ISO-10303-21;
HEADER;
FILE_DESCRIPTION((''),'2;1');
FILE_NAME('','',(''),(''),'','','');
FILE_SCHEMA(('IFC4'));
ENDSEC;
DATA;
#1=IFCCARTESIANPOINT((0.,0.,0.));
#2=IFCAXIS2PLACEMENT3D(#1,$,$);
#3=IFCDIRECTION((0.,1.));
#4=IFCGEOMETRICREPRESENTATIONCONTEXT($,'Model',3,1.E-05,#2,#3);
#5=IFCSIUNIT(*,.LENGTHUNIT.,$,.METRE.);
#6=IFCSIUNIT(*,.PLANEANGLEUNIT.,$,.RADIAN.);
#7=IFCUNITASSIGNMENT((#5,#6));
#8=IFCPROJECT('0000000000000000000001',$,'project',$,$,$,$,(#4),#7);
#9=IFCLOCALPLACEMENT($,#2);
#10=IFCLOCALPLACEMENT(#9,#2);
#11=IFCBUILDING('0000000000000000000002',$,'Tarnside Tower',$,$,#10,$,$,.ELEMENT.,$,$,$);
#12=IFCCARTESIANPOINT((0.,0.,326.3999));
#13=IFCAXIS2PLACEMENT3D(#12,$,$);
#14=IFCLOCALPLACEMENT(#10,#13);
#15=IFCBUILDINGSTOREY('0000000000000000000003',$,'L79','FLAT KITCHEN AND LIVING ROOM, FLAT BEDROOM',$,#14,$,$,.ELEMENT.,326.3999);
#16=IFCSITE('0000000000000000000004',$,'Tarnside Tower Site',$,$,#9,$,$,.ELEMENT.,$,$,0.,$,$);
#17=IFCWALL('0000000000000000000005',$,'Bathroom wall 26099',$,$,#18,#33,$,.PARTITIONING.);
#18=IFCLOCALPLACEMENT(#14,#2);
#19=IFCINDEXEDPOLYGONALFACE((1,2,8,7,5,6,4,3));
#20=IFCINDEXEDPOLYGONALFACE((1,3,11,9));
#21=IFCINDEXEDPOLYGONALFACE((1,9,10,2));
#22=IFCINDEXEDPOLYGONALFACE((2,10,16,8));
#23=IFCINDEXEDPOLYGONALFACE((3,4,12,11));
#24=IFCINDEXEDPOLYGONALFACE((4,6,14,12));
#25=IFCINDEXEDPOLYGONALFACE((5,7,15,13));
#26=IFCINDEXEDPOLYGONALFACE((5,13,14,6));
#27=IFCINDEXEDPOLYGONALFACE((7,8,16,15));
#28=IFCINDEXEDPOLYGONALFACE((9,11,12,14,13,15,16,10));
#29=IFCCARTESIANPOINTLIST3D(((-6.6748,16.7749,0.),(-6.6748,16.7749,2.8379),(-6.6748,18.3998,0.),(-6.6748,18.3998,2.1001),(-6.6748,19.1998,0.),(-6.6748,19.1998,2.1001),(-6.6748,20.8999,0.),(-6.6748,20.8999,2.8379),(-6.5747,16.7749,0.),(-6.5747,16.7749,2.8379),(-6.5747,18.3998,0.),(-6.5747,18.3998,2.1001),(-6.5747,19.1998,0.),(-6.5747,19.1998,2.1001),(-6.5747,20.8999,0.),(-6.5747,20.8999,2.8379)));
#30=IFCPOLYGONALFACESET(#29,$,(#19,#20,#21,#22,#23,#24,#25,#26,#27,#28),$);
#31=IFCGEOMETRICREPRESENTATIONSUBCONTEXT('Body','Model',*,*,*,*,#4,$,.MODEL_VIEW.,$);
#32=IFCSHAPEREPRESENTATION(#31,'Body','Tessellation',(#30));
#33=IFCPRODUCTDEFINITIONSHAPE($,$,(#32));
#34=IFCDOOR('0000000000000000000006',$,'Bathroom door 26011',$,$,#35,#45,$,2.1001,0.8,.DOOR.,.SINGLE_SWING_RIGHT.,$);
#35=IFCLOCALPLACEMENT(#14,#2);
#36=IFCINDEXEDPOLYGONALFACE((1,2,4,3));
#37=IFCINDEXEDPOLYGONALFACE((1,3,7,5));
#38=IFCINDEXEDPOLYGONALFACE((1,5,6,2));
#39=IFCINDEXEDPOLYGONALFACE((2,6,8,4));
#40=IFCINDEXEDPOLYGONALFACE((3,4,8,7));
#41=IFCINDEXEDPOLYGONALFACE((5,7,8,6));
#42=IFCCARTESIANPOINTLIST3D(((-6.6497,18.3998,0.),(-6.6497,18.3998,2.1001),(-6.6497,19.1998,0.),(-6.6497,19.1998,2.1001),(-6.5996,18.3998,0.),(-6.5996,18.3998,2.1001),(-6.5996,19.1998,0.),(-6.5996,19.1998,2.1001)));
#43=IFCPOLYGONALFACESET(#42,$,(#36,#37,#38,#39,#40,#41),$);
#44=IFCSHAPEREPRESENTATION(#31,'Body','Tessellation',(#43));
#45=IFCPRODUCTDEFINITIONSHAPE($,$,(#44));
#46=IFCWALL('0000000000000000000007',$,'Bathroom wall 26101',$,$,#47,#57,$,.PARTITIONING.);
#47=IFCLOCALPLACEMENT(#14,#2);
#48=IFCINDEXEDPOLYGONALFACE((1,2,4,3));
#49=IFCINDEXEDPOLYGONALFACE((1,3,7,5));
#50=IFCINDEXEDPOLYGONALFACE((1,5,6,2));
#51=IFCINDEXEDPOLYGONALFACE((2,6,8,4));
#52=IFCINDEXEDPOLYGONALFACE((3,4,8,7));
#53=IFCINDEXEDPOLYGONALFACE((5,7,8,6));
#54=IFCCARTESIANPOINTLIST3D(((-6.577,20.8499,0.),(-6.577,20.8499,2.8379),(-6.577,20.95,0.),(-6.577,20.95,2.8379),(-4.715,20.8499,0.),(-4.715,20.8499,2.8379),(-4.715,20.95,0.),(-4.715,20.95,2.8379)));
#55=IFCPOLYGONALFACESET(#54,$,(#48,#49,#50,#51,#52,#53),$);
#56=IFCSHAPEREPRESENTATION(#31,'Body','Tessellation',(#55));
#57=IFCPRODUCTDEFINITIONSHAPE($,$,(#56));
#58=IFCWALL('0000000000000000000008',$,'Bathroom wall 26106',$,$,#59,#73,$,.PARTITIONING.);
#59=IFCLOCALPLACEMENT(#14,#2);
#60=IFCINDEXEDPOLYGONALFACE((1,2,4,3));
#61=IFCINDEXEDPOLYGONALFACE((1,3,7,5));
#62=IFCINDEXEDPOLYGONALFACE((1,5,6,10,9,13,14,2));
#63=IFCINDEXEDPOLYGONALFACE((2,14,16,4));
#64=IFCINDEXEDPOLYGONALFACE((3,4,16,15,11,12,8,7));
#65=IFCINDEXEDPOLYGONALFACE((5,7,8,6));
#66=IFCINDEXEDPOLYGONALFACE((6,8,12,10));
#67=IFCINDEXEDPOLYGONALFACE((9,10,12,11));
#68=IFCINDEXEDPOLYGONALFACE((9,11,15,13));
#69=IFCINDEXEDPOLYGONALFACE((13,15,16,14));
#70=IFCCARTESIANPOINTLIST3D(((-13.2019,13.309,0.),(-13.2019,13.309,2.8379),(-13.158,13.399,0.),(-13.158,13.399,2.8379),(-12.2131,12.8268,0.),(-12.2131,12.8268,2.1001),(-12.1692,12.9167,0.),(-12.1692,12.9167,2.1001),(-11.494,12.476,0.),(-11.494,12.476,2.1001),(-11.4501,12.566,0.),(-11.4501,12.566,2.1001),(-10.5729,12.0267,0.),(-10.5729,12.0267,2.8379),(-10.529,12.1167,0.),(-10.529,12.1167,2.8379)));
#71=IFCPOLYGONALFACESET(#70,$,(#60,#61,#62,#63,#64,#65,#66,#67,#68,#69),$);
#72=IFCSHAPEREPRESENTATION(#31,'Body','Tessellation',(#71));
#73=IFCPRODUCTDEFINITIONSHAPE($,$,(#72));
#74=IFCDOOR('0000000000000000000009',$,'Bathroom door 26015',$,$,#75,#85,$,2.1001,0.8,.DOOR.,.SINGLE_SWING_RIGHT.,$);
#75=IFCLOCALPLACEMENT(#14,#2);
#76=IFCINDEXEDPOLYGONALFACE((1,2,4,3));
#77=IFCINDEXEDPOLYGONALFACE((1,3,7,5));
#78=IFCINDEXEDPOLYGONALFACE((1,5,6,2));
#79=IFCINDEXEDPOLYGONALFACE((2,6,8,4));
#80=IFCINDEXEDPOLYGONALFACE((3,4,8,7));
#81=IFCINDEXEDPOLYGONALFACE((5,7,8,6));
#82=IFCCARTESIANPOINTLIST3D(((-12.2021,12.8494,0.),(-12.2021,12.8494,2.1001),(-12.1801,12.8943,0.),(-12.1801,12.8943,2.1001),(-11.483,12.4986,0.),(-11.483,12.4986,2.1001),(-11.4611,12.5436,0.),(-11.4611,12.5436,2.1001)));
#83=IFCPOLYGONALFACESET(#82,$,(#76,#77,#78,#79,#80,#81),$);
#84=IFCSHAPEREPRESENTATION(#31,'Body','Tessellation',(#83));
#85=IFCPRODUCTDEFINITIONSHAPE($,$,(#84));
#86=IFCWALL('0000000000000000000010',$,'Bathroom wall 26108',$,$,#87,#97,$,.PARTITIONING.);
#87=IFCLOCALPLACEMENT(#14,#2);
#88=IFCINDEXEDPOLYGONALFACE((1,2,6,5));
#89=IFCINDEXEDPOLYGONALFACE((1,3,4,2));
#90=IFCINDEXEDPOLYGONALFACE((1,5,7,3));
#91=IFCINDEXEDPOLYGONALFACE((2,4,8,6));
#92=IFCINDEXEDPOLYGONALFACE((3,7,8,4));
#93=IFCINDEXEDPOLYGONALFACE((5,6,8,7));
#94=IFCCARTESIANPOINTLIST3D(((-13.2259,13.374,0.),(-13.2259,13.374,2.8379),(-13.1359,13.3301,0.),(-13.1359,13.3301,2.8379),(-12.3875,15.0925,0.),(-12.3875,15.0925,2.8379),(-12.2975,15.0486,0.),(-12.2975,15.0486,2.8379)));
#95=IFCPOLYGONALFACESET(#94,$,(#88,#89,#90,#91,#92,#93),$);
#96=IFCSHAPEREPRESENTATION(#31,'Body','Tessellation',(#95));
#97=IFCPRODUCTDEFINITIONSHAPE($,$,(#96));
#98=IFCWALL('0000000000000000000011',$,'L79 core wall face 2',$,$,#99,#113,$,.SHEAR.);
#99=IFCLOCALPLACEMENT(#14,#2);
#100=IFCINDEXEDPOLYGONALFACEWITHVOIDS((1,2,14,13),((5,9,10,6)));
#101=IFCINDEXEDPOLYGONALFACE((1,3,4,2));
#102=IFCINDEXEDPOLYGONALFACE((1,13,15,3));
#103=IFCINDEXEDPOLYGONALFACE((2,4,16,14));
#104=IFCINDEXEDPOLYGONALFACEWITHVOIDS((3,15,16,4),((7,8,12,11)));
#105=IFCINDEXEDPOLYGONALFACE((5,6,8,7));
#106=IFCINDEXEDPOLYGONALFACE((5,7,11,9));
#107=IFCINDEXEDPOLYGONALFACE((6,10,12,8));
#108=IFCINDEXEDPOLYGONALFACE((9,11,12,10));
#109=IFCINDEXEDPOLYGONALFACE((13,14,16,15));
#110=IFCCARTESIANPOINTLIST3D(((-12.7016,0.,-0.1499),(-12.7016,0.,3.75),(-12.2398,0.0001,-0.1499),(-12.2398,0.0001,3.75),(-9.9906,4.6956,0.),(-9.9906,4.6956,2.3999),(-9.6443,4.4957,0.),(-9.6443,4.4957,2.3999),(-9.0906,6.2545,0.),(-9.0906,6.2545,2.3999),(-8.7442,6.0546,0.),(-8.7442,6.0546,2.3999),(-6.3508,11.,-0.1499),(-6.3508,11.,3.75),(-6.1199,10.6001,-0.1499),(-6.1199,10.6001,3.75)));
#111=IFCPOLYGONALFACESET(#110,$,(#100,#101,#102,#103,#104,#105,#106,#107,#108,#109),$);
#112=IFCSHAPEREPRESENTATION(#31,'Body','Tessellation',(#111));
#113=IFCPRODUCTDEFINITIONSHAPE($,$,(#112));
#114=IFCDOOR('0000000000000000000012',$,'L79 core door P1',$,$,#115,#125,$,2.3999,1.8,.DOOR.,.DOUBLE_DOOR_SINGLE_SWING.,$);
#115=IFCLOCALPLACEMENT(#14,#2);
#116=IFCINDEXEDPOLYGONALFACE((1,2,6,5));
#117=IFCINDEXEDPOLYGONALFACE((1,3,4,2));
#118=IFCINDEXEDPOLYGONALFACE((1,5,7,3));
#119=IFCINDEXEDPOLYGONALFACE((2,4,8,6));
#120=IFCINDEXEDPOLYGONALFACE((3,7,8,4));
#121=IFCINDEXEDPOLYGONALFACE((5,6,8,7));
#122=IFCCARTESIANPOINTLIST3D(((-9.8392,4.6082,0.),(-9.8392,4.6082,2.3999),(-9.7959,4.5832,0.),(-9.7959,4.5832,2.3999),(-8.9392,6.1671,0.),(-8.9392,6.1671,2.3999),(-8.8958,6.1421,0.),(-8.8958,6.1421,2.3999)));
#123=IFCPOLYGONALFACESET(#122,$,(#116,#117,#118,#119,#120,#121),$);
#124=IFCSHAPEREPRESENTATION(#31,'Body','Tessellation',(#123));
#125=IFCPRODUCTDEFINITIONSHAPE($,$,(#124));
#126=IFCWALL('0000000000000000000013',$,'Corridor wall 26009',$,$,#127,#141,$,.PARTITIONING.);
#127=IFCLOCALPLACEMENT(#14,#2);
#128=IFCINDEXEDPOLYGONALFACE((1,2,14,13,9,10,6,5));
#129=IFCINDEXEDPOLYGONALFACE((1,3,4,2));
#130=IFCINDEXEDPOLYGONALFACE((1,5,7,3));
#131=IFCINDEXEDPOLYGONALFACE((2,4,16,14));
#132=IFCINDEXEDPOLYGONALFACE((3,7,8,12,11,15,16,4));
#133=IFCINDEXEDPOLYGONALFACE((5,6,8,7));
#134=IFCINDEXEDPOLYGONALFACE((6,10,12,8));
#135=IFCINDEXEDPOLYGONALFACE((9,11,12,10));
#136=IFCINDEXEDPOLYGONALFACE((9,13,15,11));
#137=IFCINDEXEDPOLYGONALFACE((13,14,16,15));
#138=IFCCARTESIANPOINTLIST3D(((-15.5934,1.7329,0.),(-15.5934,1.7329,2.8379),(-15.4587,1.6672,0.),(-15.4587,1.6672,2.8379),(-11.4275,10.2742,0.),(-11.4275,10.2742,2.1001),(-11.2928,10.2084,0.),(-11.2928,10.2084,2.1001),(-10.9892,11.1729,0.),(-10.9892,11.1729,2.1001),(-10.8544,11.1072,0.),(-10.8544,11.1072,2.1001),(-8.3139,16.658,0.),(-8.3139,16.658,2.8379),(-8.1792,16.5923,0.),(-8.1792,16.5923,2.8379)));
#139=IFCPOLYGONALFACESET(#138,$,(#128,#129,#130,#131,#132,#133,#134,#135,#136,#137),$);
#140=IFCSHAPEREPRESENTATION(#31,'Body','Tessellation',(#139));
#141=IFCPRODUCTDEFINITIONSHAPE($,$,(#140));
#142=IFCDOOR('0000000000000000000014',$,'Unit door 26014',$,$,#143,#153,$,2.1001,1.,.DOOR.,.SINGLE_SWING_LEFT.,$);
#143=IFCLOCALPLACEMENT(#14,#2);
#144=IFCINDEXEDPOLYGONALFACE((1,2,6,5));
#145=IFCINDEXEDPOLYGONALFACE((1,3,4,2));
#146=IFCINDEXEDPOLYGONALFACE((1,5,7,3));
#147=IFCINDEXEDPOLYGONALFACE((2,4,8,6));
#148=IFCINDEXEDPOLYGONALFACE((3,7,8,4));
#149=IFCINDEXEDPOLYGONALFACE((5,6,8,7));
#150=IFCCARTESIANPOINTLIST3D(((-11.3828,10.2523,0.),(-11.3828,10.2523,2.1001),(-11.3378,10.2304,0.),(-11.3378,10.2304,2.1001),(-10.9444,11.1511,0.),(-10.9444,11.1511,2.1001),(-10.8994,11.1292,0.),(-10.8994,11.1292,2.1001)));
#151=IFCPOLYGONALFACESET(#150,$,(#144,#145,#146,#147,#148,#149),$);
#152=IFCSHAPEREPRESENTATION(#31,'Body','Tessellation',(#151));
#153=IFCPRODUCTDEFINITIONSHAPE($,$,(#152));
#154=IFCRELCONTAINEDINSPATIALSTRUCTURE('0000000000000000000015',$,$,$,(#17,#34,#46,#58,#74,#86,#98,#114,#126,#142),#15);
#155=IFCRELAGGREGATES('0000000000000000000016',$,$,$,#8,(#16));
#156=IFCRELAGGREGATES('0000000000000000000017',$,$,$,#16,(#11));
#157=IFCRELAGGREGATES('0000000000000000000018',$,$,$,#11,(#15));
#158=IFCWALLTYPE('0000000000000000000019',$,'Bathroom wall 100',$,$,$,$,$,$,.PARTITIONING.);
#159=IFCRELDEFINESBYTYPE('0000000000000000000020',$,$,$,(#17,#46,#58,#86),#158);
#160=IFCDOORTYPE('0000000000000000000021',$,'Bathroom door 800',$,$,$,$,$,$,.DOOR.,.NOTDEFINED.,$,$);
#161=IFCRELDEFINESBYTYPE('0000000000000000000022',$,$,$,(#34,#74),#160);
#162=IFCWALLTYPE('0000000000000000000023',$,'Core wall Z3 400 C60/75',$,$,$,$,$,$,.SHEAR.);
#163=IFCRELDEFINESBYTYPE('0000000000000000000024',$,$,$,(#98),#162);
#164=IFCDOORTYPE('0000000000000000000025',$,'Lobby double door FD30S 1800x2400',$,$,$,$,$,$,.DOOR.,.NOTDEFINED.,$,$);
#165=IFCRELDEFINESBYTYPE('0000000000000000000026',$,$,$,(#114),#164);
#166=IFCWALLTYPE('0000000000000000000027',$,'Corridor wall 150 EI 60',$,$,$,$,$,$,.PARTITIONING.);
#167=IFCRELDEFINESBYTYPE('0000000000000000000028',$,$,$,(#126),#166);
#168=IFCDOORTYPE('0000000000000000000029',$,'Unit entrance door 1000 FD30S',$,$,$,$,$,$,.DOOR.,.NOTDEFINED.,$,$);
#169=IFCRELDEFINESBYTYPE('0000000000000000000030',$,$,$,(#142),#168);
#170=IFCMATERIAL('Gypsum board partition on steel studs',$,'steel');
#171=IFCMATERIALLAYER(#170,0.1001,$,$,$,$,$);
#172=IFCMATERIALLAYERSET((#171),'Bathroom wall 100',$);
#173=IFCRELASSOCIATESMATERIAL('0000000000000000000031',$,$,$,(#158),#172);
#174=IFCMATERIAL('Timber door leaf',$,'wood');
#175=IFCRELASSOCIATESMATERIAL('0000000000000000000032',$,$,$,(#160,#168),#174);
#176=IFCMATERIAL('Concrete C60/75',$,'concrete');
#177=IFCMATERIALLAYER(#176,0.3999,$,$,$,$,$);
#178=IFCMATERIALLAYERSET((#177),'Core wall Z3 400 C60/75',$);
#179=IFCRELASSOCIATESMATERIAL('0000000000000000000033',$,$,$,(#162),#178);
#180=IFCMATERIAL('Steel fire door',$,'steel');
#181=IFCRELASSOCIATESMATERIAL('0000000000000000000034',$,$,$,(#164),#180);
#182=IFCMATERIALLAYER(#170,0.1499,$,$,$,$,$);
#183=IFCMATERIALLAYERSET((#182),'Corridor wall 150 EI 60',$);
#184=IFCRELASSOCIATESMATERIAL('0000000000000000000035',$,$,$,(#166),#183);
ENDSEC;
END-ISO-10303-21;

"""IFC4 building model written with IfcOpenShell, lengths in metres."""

from ifc_helpers import new_model, si_unit, direction, frame, frame_2d, origin, place, context, subcontext, project, spatial, polyline, rectangle, outline, extrude, material, layer, layer_set, type_object, element, fill, save


model = new_model("IFC4")

# Units and contexts
model_context = context("Model", 3, precision=1e-05, world=origin(), true_north=direction((0.0, 1.0)))
body_context = subcontext(model_context, "Body", "Model", "MODEL_VIEW")
ifc_project = project(units=[si_unit("LENGTHUNIT", "METRE"), si_unit("PLANEANGLEUNIT", "RADIAN")], contexts=[model_context])

# Site, building, storey
site_placement = place(None, origin())
site = spatial("IfcSite", under=ifc_project, at=site_placement, Name="Tarnside Tower Site", CompositionType="ELEMENT", RefElevation=0.0)
building_placement = place(site_placement, origin())
building = spatial("IfcBuilding", under=site, at=building_placement, Name="Tarnside Tower", CompositionType="ELEMENT")
storey_placement = place(building_placement, frame((0.0, 0.0, 326.3999)))
storey = spatial("IfcBuildingStorey", under=building, at=storey_placement, Name="L79", Description="FLAT KITCHEN AND LIVING ROOM, FLAT BEDROOM", CompositionType="ELEMENT", Elevation=326.3999)

# Wall, opening, door
ifc_material_1 = material(Name="Gypsum board partition on steel studs", Category="steel")
ifc_layer_1 = layer(ifc_material_1, 0.1001)
ifc_layer_set_1 = layer_set([ifc_layer_1], Name="Bathroom wall 100")
wall_type_1 = type_object("IfcWallType", Name="Bathroom wall 100", PredefinedType="PARTITIONING", material=ifc_layer_set_1)
wall_1_placement = place(storey_placement, frame((-6.6248, 16.7749, 0.0), z_axis=(0.0, 0.0, 1.0), x_axis=(0.0, 1.0, 0.0)))
wall_1 = element("IfcWall", 1, at=wall_1_placement, inside=storey, type_object=wall_type_1, Name="Bathroom wall 26099", PredefinedType="PARTITIONING", context=body_context, shape_type="SweptSolid", body=[
    extrude(rectangle(XDim=4.125, YDim=0.1001, at=frame_2d((2.0625, 0.0))), origin(), (0.0, 0.0, 1.0), 2.8379),
])
opening_1_placement = place(wall_1_placement, frame((1.625, 0.0, 0.0)))
opening_1 = element("IfcOpeningElement", 2, at=opening_1_placement, cuts=wall_1, PredefinedType="OPENING", context=body_context, shape_type="SweptSolid", body=[
    extrude(rectangle(XDim=0.8, YDim=2.1001, at=frame_2d((0.3999, 1.05))), frame((0.0, 0.0601, 0.0), z_axis=(0.0, -1.0, 0.0), x_axis=(1.0, 0.0, 0.0)), (0.0, 0.0, 1.0), 0.1201),
])
ifc_material_2 = material(Name="Timber door leaf", Category="wood")
door_type_1 = type_object("IfcDoorType", Name="Bathroom door 800", OperationType="NOTDEFINED", PredefinedType="DOOR", material=ifc_material_2)
door_1_placement = place(opening_1_placement, origin())
door_1 = element("IfcDoor", 3, at=door_1_placement, inside=storey, type_object=door_type_1, Name="Bathroom door 26011", OperationType="SINGLE_SWING_RIGHT", OverallHeight=2.1001, OverallWidth=0.8, PredefinedType="DOOR", context=body_context, shape_type="SweptSolid", body=[
    extrude(rectangle(XDim=0.8, YDim=2.1001, at=frame_2d((0.3999, 1.05))), frame((0.0, 0.0249, 0.0), z_axis=(0.0, -1.0, 0.0), x_axis=(1.0, 0.0, 0.0)), (0.0, 0.0, 1.0), 0.05),
])
fill(opening_1, door_1)

# Wall
wall_2_placement = place(storey_placement, frame((-4.7148, 20.8999, 0.0), z_axis=(0.0, 0.0, 1.0), x_axis=(-1.0, 0.0, 0.0)))
element("IfcWall", 4, at=wall_2_placement, inside=storey, type_object=wall_type_1, Name="Bathroom wall 26101", PredefinedType="PARTITIONING", context=body_context, shape_type="SweptSolid", body=[
    extrude(rectangle(XDim=1.8621, YDim=0.1001, at=frame_2d((0.9312, 0.0))), origin(), (0.0, 0.0, 1.0), 2.8379),
])

# Wall, opening, door
wall_3_placement = place(storey_placement, frame((-10.551, 12.0718, 0.0), z_axis=(0.0, 0.0, 1.0), x_axis=(-0.898791, 0.438378, 0.0)))
wall_3 = element("IfcWall", 5, at=wall_3_placement, inside=storey, type_object=wall_type_1, Name="Bathroom wall 26106", PredefinedType="PARTITIONING", context=body_context, shape_type="SweptSolid", body=[
    extrude(rectangle(XDim=2.925, YDim=0.1001, at=frame_2d((1.4624, 0.0))), origin(), (0.0, 0.0, 1.0), 2.8379),
])
opening_2_placement = place(wall_3_placement, frame((1.0249, 0.0, 0.0)))
opening_2 = element("IfcOpeningElement", 6, at=opening_2_placement, cuts=wall_3, PredefinedType="OPENING", context=body_context, shape_type="SweptSolid", body=[
    extrude(rectangle(XDim=0.8, YDim=2.1001, at=frame_2d((0.3999, 1.05))), frame((0.0, 0.0601, 0.0), z_axis=(0.0, -1.0, 0.0), x_axis=(1.0, 0.0, 0.0)), (0.0, 0.0, 1.0), 0.1201),
])
door_2_placement = place(opening_2_placement, origin())
door_2 = element("IfcDoor", 7, at=door_2_placement, inside=storey, type_object=door_type_1, Name="Bathroom door 26015", OperationType="SINGLE_SWING_RIGHT", OverallHeight=2.1001, OverallWidth=0.8, PredefinedType="DOOR", context=body_context, shape_type="SweptSolid", body=[
    extrude(rectangle(XDim=0.8, YDim=2.1001, at=frame_2d((0.3999, 1.05))), frame((0.0, 0.0249, 0.0), z_axis=(0.0, -1.0, 0.0), x_axis=(1.0, 0.0, 0.0)), (0.0, 0.0, 1.0), 0.05),
])
fill(opening_2, door_2)

# Wall
wall_4_placement = place(storey_placement, frame((-12.3425, 15.0706, 0.0), z_axis=(0.0, 0.0, 1.0), x_axis=(-0.438459, -0.898751, 0.0)))
element("IfcWall", 8, at=wall_4_placement, inside=storey, type_object=wall_type_1, Name="Bathroom wall 26108", PredefinedType="PARTITIONING", context=body_context, shape_type="SweptSolid", body=[
    extrude(rectangle(XDim=1.9121, YDim=0.1001, at=frame_2d((0.9561, 0.0))), origin(), (0.0, 0.0, 1.0), 2.8379),
])

# Walls, openings, doors
ifc_material_3 = material(Name="Concrete C60/75", Category="concrete")
ifc_layer_2 = layer(ifc_material_3, 0.3999)
ifc_layer_set_2 = layer_set([ifc_layer_2], Name="Core wall Z3 400 C60/75")
wall_type_2 = type_object("IfcWallType", Name="Core wall Z3 400 C60/75", PredefinedType="SHEAR", material=ifc_layer_set_2)
wall_5_placement = place(storey_placement, frame((-6.2354, 10.8, -0.1499), z_axis=(0.0, 0.0, 1.0), x_axis=(-0.499996, -0.866027, 0.0)))
wall_5 = element("IfcWall", 9, at=wall_5_placement, inside=storey, type_object=wall_type_2, Name="L79 core wall face 2", PredefinedType="SHEAR", context=body_context, shape_type="SweptSolid", body=[
    extrude(outline(polyline([(-0.1155, -0.2), (12.5862, -0.2), (12.3552, 0.2), (0.1155, 0.2), (-0.1155, -0.2)])), origin(), (0.0, 0.0, 1.0), 3.8999),
])
opening_3_placement = place(wall_5_placement, frame((5.3643, 0.0, 0.1499)))
opening_3 = element("IfcOpeningElement", 10, at=opening_3_placement, cuts=wall_5, PredefinedType="OPENING", context=body_context, shape_type="SweptSolid", body=[
    extrude(rectangle(XDim=1.8, YDim=2.3999, at=frame_2d((0.8999, 1.2))), frame((0.0, 0.21, 0.0), z_axis=(0.0, -1.0, 0.0), x_axis=(1.0, 0.0, 0.0)), (0.0, 0.0, 1.0), 0.4199),
])
ifc_material_4 = material(Name="Steel fire door", Category="steel")
door_type_2 = type_object("IfcDoorType", Name="Lobby double door FD30S 1800x2400", OperationType="NOTDEFINED", PredefinedType="DOOR", material=ifc_material_4)
door_3_placement = place(opening_3_placement, origin())
door_3 = element("IfcDoor", 11, at=door_3_placement, inside=storey, type_object=door_type_2, Name="L79 core door P1", OperationType="DOUBLE_DOOR_SINGLE_SWING", OverallHeight=2.3999, OverallWidth=1.8, PredefinedType="DOOR", context=body_context, shape_type="SweptSolid", body=[
    extrude(rectangle(XDim=1.8, YDim=2.3999, at=frame_2d((0.8999, 1.2))), frame((0.0, 0.0249, 0.0), z_axis=(0.0, -1.0, 0.0), x_axis=(1.0, 0.0, 0.0)), (0.0, 0.0, 1.0), 0.05),
])
fill(opening_3, door_3)
ifc_layer_3 = layer(ifc_material_1, 0.1499)
ifc_layer_set_3 = layer_set([ifc_layer_3], Name="Corridor wall 150 EI 60")
wall_type_3 = type_object("IfcWallType", Name="Corridor wall 150 EI 60", PredefinedType="PARTITIONING", material=ifc_layer_set_3)
wall_6_placement = place(storey_placement, frame((-8.2466, 16.625, 0.0), z_axis=(0.0, 0.0, 1.0), x_axis=(-0.438376, -0.898791, 0.0)))
wall_6 = element("IfcWall", 12, at=wall_6_placement, inside=storey, type_object=wall_type_3, Name="Corridor wall 26009", PredefinedType="PARTITIONING", context=body_context, shape_type="SweptSolid", body=[
    extrude(rectangle(XDim=16.6057, YDim=0.1499, at=frame_2d((8.3027, 0.0))), origin(), (0.0, 0.0, 1.0), 2.8379),
])
opening_4_placement = place(wall_6_placement, frame((6.1025, 0.0, 0.0)))
opening_4 = element("IfcOpeningElement", 13, at=opening_4_placement, cuts=wall_6, PredefinedType="OPENING", context=body_context, shape_type="SweptSolid", body=[
    extrude(rectangle(XDim=1.0, YDim=2.1001, at=frame_2d((0.5, 1.05))), frame((0.0, 0.085, 0.0), z_axis=(0.0, -1.0, 0.0), x_axis=(1.0, 0.0, 0.0)), (0.0, 0.0, 1.0), 0.1699),
])
door_type_3 = type_object("IfcDoorType", Name="Unit entrance door 1000 FD30S", OperationType="NOTDEFINED", PredefinedType="DOOR", material=ifc_material_2)
door_4_placement = place(opening_4_placement, origin())
door_4 = element("IfcDoor", 14, at=door_4_placement, inside=storey, type_object=door_type_3, Name="Unit door 26014", OperationType="SINGLE_SWING_LEFT", OverallHeight=2.1001, OverallWidth=1.0, PredefinedType="DOOR", context=body_context, shape_type="SweptSolid", body=[
    extrude(rectangle(XDim=1.0, YDim=2.1001, at=frame_2d((0.5, 1.05))), frame((0.0, 0.0249, 0.0), z_axis=(0.0, -1.0, 0.0), x_axis=(1.0, 0.0, 0.0)), (0.0, 0.0, 1.0), 0.05),
])
fill(opening_4, door_4)

save(model, "model.ifc")
